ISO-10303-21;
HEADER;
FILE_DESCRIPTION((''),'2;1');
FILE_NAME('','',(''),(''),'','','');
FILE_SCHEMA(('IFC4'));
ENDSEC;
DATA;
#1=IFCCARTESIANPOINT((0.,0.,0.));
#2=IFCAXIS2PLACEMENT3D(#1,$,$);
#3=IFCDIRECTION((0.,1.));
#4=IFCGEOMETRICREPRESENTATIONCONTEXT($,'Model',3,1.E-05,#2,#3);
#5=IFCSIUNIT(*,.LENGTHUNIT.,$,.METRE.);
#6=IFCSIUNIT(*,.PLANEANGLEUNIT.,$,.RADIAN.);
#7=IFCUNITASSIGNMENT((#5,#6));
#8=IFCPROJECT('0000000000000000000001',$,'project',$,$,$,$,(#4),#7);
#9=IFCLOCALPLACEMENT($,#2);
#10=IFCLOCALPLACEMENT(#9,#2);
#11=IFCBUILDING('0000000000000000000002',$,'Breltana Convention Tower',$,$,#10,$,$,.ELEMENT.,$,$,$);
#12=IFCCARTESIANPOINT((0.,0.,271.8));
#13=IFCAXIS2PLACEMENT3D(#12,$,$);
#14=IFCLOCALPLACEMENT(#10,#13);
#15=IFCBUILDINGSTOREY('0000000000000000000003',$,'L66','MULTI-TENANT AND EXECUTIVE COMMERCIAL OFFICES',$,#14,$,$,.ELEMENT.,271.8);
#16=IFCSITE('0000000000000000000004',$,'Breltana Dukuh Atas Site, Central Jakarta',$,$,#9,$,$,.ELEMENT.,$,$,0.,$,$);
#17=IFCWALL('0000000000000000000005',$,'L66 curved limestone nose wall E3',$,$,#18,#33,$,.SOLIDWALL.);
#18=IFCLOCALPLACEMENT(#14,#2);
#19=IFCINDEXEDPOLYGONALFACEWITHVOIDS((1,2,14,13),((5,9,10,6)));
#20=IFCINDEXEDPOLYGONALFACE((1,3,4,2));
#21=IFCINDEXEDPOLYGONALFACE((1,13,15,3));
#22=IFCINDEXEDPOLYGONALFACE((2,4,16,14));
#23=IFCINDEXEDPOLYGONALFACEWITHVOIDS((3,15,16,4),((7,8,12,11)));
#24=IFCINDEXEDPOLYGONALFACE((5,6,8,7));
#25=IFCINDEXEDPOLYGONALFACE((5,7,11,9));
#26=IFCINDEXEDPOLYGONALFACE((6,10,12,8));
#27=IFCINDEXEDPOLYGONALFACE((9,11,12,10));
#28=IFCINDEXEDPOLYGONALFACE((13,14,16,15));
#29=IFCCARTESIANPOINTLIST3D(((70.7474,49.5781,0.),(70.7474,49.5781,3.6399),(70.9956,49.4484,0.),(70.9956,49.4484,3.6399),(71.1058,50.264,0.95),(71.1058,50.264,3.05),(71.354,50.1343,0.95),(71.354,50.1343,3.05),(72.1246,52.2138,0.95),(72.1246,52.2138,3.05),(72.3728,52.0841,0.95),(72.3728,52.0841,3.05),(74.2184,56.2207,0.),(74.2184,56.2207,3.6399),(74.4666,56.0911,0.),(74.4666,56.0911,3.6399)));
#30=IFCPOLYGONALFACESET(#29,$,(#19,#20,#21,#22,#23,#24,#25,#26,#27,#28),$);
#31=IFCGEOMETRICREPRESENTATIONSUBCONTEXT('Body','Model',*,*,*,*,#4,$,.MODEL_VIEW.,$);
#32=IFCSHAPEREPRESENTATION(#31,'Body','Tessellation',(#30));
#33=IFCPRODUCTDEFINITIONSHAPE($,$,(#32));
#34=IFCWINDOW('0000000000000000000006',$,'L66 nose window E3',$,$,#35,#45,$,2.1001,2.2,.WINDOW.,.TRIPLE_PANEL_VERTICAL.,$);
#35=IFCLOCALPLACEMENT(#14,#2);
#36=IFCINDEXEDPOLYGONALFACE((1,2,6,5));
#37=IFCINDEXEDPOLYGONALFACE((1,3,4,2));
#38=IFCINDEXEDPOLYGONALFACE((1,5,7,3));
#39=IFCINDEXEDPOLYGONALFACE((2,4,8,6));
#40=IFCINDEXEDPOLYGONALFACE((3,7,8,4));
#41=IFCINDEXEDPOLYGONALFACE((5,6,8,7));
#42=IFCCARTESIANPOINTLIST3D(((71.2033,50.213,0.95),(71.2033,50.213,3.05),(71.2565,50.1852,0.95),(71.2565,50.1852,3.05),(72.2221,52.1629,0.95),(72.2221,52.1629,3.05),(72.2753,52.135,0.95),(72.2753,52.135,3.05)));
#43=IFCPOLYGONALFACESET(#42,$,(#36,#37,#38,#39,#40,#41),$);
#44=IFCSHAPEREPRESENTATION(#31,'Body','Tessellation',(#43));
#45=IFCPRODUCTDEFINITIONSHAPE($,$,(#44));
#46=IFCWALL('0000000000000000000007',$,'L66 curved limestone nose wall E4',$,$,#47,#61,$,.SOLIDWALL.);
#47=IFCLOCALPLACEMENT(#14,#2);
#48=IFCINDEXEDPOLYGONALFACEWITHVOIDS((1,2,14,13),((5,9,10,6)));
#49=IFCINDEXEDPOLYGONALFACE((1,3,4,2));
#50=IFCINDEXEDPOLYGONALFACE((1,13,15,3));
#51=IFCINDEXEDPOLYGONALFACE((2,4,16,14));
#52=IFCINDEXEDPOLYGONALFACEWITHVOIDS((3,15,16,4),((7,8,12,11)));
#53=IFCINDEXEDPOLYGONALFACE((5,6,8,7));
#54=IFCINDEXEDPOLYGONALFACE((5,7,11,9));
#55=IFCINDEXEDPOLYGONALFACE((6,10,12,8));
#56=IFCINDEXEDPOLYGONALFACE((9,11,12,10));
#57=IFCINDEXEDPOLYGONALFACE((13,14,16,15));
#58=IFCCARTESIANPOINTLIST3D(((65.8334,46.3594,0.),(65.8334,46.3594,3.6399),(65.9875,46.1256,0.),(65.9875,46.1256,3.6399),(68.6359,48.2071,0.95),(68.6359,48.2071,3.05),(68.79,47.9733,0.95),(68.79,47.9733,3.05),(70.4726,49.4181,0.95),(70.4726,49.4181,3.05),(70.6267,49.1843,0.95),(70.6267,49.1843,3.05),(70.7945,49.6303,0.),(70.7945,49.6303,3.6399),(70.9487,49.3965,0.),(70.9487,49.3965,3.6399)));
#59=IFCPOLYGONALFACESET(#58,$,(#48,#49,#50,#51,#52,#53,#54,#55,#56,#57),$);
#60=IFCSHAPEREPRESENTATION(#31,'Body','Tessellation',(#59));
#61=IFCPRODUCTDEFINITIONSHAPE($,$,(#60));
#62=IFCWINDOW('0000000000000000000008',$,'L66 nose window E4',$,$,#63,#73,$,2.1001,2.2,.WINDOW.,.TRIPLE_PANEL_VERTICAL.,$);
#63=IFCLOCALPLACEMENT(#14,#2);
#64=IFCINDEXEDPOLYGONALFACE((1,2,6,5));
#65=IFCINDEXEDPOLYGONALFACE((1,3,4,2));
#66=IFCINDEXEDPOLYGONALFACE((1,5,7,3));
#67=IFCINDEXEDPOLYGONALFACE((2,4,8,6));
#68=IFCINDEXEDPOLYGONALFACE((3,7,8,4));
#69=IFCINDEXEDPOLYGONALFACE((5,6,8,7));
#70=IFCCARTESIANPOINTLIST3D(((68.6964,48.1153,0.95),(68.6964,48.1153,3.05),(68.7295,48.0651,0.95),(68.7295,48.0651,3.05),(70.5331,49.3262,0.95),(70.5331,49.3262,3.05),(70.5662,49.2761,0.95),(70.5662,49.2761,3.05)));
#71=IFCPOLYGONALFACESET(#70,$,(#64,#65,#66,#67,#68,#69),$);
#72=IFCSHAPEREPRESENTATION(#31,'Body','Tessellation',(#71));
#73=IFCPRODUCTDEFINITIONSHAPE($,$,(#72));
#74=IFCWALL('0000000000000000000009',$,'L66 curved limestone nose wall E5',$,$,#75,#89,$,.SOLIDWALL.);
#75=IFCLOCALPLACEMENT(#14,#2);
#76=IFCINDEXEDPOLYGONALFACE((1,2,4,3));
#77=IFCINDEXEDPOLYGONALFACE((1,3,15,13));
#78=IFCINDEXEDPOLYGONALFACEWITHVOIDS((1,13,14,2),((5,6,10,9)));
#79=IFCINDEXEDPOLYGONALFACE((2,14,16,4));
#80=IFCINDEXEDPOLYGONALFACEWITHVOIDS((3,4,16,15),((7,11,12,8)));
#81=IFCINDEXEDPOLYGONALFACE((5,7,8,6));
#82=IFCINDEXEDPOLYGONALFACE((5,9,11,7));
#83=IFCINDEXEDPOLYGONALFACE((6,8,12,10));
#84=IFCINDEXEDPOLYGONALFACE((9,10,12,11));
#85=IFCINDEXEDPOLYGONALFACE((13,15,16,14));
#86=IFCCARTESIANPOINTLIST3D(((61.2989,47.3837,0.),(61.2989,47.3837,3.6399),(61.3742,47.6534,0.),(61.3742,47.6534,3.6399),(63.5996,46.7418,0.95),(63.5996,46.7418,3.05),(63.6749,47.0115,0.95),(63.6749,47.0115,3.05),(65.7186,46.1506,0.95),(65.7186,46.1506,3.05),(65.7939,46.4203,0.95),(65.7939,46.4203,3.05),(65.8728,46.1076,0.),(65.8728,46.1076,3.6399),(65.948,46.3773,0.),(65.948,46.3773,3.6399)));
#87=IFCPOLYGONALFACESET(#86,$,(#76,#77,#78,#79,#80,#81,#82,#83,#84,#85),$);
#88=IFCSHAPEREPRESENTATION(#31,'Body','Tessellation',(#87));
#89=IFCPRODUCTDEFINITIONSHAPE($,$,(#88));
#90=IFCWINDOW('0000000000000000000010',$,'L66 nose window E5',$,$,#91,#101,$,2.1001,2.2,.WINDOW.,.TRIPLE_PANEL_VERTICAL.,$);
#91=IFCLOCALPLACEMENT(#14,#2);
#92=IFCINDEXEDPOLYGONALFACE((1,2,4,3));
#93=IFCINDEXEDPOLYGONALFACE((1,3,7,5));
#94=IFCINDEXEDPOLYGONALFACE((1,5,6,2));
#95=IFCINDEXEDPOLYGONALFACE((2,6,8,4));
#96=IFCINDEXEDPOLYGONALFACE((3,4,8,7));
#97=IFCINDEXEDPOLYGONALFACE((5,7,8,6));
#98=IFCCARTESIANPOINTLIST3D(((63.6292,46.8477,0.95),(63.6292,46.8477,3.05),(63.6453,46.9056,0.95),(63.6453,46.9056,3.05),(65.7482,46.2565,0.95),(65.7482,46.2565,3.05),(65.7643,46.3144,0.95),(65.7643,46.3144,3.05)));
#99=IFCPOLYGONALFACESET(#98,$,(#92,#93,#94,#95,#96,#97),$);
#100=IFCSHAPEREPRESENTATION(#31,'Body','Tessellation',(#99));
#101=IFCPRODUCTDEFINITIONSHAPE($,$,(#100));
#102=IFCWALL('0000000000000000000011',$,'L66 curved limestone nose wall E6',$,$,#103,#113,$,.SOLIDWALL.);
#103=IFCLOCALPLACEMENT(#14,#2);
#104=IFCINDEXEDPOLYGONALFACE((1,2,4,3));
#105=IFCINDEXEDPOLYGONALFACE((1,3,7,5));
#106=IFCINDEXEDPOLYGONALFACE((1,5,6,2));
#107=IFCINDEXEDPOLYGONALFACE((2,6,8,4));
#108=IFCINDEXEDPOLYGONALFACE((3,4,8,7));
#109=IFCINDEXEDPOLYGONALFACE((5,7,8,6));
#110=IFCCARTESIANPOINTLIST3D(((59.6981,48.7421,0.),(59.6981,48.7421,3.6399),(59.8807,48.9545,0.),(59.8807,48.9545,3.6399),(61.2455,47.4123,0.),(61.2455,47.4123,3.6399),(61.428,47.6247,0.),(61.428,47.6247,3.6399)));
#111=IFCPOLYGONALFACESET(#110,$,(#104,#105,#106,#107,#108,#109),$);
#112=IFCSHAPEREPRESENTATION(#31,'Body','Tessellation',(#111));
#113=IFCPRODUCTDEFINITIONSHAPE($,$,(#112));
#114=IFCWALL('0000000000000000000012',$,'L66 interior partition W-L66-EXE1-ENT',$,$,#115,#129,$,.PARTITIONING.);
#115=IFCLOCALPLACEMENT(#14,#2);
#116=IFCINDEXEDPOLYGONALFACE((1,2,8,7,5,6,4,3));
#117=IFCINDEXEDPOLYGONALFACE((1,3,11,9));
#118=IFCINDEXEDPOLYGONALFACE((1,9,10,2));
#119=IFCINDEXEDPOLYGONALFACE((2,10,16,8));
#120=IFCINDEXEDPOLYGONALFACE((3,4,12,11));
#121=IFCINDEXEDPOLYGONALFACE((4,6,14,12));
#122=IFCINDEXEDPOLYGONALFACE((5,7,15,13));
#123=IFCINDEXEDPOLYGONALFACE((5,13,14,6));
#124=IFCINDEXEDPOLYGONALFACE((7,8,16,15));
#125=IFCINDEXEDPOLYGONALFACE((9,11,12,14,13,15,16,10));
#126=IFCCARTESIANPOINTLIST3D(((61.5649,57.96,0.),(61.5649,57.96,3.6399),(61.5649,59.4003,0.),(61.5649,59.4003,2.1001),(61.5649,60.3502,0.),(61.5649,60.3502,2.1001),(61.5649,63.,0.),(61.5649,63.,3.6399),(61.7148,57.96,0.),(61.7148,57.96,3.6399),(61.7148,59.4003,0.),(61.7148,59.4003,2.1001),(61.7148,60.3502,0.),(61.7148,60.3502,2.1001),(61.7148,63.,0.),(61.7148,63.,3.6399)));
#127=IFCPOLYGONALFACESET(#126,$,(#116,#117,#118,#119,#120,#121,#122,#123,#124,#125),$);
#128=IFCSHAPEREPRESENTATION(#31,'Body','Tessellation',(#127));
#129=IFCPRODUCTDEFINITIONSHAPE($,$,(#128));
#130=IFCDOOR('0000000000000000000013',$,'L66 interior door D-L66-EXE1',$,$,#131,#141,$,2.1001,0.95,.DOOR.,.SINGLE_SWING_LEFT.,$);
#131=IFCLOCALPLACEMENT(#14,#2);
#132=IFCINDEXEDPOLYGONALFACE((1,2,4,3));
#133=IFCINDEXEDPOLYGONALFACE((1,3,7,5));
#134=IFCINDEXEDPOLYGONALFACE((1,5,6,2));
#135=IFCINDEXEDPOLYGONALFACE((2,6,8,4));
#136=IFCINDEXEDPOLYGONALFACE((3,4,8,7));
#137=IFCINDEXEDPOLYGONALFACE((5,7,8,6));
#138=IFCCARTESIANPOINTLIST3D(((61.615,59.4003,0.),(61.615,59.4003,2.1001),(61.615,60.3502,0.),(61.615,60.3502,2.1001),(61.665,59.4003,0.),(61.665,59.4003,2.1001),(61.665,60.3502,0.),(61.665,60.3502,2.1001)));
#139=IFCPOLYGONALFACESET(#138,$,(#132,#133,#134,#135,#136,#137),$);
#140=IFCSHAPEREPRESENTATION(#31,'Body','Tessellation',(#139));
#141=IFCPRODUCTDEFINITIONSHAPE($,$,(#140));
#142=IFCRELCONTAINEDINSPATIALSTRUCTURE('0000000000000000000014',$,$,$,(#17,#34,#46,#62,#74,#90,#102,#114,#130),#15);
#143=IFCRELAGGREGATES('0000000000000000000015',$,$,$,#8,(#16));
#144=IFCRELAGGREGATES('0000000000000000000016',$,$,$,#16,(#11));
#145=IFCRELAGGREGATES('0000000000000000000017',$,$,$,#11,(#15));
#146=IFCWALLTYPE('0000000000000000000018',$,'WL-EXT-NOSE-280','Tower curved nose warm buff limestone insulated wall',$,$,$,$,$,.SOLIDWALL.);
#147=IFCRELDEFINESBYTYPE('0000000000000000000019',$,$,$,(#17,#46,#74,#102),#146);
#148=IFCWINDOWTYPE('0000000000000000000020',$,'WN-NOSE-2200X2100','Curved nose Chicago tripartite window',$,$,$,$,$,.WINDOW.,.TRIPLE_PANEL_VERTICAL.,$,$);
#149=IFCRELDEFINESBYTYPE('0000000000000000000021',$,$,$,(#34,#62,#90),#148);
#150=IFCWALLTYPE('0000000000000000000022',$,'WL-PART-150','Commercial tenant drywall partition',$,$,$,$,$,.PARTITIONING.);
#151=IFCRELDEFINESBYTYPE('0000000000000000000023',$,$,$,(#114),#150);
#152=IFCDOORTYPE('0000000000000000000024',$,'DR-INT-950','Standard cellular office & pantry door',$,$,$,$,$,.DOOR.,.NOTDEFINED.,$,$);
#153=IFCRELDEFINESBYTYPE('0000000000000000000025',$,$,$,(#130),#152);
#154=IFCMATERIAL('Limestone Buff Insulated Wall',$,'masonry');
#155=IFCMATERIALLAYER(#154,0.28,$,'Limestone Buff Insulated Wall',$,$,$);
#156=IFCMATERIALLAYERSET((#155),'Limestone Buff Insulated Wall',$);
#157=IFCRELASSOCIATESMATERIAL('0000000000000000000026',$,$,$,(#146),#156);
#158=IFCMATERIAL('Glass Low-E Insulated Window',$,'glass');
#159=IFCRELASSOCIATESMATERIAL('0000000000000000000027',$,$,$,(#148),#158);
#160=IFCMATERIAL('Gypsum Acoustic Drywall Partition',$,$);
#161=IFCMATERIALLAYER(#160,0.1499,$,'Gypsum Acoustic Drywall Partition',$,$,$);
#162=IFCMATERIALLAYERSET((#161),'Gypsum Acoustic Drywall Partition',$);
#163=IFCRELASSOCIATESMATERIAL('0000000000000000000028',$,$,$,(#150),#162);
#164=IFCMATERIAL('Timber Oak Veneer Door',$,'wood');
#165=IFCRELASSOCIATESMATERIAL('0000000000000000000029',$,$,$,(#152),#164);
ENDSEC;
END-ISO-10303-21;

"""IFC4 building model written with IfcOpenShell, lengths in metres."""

from ifc_helpers import new_model, si_unit, direction, frame, frame_2d, origin, place, context, subcontext, project, spatial, rectangle, extrude, source, transform, mapped, material, layer, layer_set, type_object, type_shapes, element, fill, save


model = new_model("IFC4")

# Units and contexts
model_context = context("Model", 3, precision=1e-05, world=origin(), true_north=direction((0.0, 1.0)))
body_context = subcontext(model_context, "Body", "Model", "MODEL_VIEW")
ifc_project = project(units=[si_unit("LENGTHUNIT", "METRE"), si_unit("PLANEANGLEUNIT", "RADIAN")], contexts=[model_context])

# Site, building, storey
site_placement = place(None, origin())
site = spatial("IfcSite", under=ifc_project, at=site_placement, Name="Breltana Dukuh Atas Site, Central Jakarta", CompositionType="ELEMENT", RefElevation=0.0)
building_placement = place(site_placement, origin())
building = spatial("IfcBuilding", under=site, at=building_placement, Name="Breltana Convention Tower", CompositionType="ELEMENT")
storey_placement = place(building_placement, frame((0.0, 0.0, 271.8)))
storey = spatial("IfcBuildingStorey", under=building, at=storey_placement, Name="L66", Description="MULTI-TENANT AND EXECUTIVE COMMERCIAL OFFICES", CompositionType="ELEMENT", Elevation=271.8)

# Walls, openings, windows
ifc_material_1 = material(Name="Limestone Buff Insulated Wall", Category="masonry")
ifc_layer_1 = layer(ifc_material_1, 0.28, Name="Limestone Buff Insulated Wall")
ifc_layer_set_1 = layer_set([ifc_layer_1], Name="Limestone Buff Insulated Wall")
wall_type_1 = type_object("IfcWallType", Name="WL-EXT-NOSE-280", Description="Tower curved nose warm buff limestone insulated wall", PredefinedType="SOLIDWALL", material=ifc_layer_set_1)
shared_shape_1 = source(origin(), body_context, "Body", "SweptSolid", [
    extrude(rectangle(XDim=7.4949, YDim=0.28, at=frame_2d((3.7476, 0.0))), origin(), (0.0, 0.0, 1.0), 3.6399),
])
wall_1_placement = place(storey_placement, frame((74.3425, 56.156, 0.0), z_axis=(0.0, 0.0, 1.0), x_axis=(-0.463117, -0.886297, 0.0)))
wall_1 = element("IfcWall", 1, at=wall_1_placement, inside=storey, type_object=wall_type_1, Name="L66 curved limestone nose wall E3", PredefinedType="SOLIDWALL", context=body_context, shape_type="MappedRepresentation", body=[
    mapped(shared_shape_1, transform((0.0, 0.0, 0.0), scale=1.0)),
])
opening_1_placement = place(wall_1_placement, frame((4.521, 0.0, 0.95)))
opening_1 = element("IfcOpeningElement", 2, at=opening_1_placement, cuts=wall_1, PredefinedType="OPENING", context=body_context, shape_type="SweptSolid", body=[
    extrude(rectangle(XDim=2.2, YDim=2.1001, at=frame_2d((1.1001, 1.05))), frame((0.0, 0.1499, 0.0), z_axis=(0.0, -1.0, 0.0), x_axis=(1.0, 0.0, 0.0)), (0.0, 0.0, 1.0), 0.3),
])
ifc_material_2 = material(Name="Glass Low-E Insulated Window", Category="glass")
window_type = type_object("IfcWindowType", Name="WN-NOSE-2200X2100", Description="Curved nose Chicago tripartite window", PartitioningType="TRIPLE_PANEL_VERTICAL", PredefinedType="WINDOW", material=ifc_material_2)
shared_shape_2 = source(origin(), body_context, "Body", "SweptSolid", [
    extrude(rectangle(XDim=2.2, YDim=2.1001, at=frame_2d((1.1001, 1.05))), frame((0.0, 0.03, 0.0), z_axis=(0.0, -1.0, 0.0), x_axis=(1.0, 0.0, 0.0)), (0.0, 0.0, 1.0), 0.0601),
])
type_shapes(window_type, [shared_shape_2])
window_1_placement = place(opening_1_placement, origin())
window_1 = element("IfcWindow", 3, at=window_1_placement, inside=storey, type_object=window_type, Name="L66 nose window E3", OverallHeight=2.1001, OverallWidth=2.2, PartitioningType="TRIPLE_PANEL_VERTICAL", PredefinedType="WINDOW", context=body_context, shape_type="MappedRepresentation", body=[
    mapped(shared_shape_2, transform((0.0, 0.0, 0.0), scale=1.0)),
])
fill(opening_1, window_1)
shared_shape_3 = source(origin(), body_context, "Body", "SweptSolid", [
    extrude(rectangle(XDim=5.9424, YDim=0.28, at=frame_2d((2.9712, 0.0))), origin(), (0.0, 0.0, 1.0), 3.6399),
])
wall_2_placement = place(storey_placement, frame((70.8716, 49.5134, 0.0), z_axis=(0.0, 0.0, 1.0), x_axis=(-0.834871, -0.550445, 0.0)))
wall_2 = element("IfcWall", 4, at=wall_2_placement, inside=storey, type_object=wall_type_1, Name="L66 curved limestone nose wall E4", PredefinedType="SOLIDWALL", context=body_context, shape_type="MappedRepresentation", body=[
    mapped(shared_shape_3, transform((0.0, 0.0, 0.0), scale=1.0)),
])
opening_2_placement = place(wall_2_placement, frame((0.3855, 0.0, 0.95)))
opening_2 = element("IfcOpeningElement", 5, at=opening_2_placement, cuts=wall_2, PredefinedType="OPENING", context=body_context, shape_type="SweptSolid", body=[
    extrude(rectangle(XDim=2.2, YDim=2.1001, at=frame_2d((1.1001, 1.05))), frame((0.0, 0.1499, 0.0), z_axis=(0.0, -1.0, 0.0), x_axis=(1.0, 0.0, 0.0)), (0.0, 0.0, 1.0), 0.3),
])
window_2_placement = place(opening_2_placement, origin())
window_2 = element("IfcWindow", 6, at=window_2_placement, inside=storey, type_object=window_type, Name="L66 nose window E4", OverallHeight=2.1001, OverallWidth=2.2, PartitioningType="TRIPLE_PANEL_VERTICAL", PredefinedType="WINDOW", context=body_context, shape_type="MappedRepresentation", body=[
    mapped(shared_shape_2, transform((0.0, 0.0, 0.0), scale=1.0)),
])
fill(opening_2, window_2)
shared_shape_4 = source(origin(), body_context, "Body", "SweptSolid", [
    extrude(rectangle(XDim=4.7485, YDim=0.28, at=frame_2d((2.3743, 0.0))), origin(), (0.0, 0.0, 1.0), 3.6399),
])
wall_3_placement = place(storey_placement, frame((65.9104, 46.2424, 0.0), z_axis=(0.0, 0.0, 1.0), x_axis=(-0.963211, 0.268747, 0.0)))
wall_3 = element("IfcWall", 7, at=wall_3_placement, inside=storey, type_object=wall_type_1, Name="L66 curved limestone nose wall E5", PredefinedType="SOLIDWALL", context=body_context, shape_type="MappedRepresentation", body=[
    mapped(shared_shape_4, transform((0.0, 0.0, 0.0), scale=1.0)),
])
opening_3_placement = place(wall_3_placement, frame((0.1599, 0.0, 0.95)))
opening_3 = element("IfcOpeningElement", 8, at=opening_3_placement, cuts=wall_3, PredefinedType="OPENING", context=body_context, shape_type="SweptSolid", body=[
    extrude(rectangle(XDim=2.2, YDim=2.1001, at=frame_2d((1.1001, 1.05))), frame((0.0, 0.1499, 0.0), z_axis=(0.0, -1.0, 0.0), x_axis=(1.0, 0.0, 0.0)), (0.0, 0.0, 1.0), 0.3),
])
window_3_placement = place(opening_3_placement, origin())
window_3 = element("IfcWindow", 9, at=window_3_placement, inside=storey, type_object=window_type, Name="L66 nose window E5", OverallHeight=2.1001, OverallWidth=2.2, PartitioningType="TRIPLE_PANEL_VERTICAL", PredefinedType="WINDOW", context=body_context, shape_type="MappedRepresentation", body=[
    mapped(shared_shape_2, transform((0.0, 0.0, 0.0), scale=1.0)),
])
fill(opening_3, window_3)

# Wall
shared_shape_5 = source(origin(), body_context, "Body", "SweptSolid", [
    extrude(rectangle(XDim=2.0403, YDim=0.28, at=frame_2d((1.02, 0.0))), origin(), (0.0, 0.0, 1.0), 3.6399),
])
wall_4_placement = place(storey_placement, frame((61.3367, 47.5186, 0.0), z_axis=(0.0, 0.0, 1.0), x_axis=(-0.758403, 0.651786, 0.0)))
element("IfcWall", 10, at=wall_4_placement, inside=storey, type_object=wall_type_1, Name="L66 curved limestone nose wall E6", PredefinedType="SOLIDWALL", context=body_context, shape_type="MappedRepresentation", body=[
    mapped(shared_shape_5, transform((0.0, 0.0, 0.0), scale=1.0)),
])

# Wall, opening, door
ifc_material_3 = material(Name="Gypsum Acoustic Drywall Partition")
ifc_layer_2 = layer(ifc_material_3, 0.1499, Name="Gypsum Acoustic Drywall Partition")
ifc_layer_set_2 = layer_set([ifc_layer_2], Name="Gypsum Acoustic Drywall Partition")
wall_type_2 = type_object("IfcWallType", Name="WL-PART-150", Description="Commercial tenant drywall partition", PredefinedType="PARTITIONING", material=ifc_layer_set_2)
shared_shape_6 = source(origin(), body_context, "Body", "SweptSolid", [
    extrude(rectangle(XDim=5.04, YDim=0.1499, at=frame_2d((2.52, 0.0))), origin(), (0.0, 0.0, 1.0), 3.6399),
])
wall_5_placement = place(storey_placement, frame((61.6399, 57.96, 0.0), z_axis=(0.0, 0.0, 1.0), x_axis=(0.0, 1.0, 0.0)))
wall_5 = element("IfcWall", 11, at=wall_5_placement, inside=storey, type_object=wall_type_2, Name="L66 interior partition W-L66-EXE1-ENT", PredefinedType="PARTITIONING", context=body_context, shape_type="MappedRepresentation", body=[
    mapped(shared_shape_6, transform((0.0, 0.0, 0.0), scale=1.0)),
])
opening_4_placement = place(wall_5_placement, frame((1.4402, 0.0, 0.0)))
opening_4 = element("IfcOpeningElement", 12, at=opening_4_placement, cuts=wall_5, PredefinedType="OPENING", context=body_context, shape_type="SweptSolid", body=[
    extrude(rectangle(XDim=0.95, YDim=2.1001, at=frame_2d((0.4751, 1.05))), frame((0.0, 0.085, 0.0), z_axis=(0.0, -1.0, 0.0), x_axis=(1.0, 0.0, 0.0)), (0.0, 0.0, 1.0), 0.1699),
])
ifc_material_4 = material(Name="Timber Oak Veneer Door", Category="wood")
door_type = type_object("IfcDoorType", Name="DR-INT-950", Description="Standard cellular office & pantry door", OperationType="NOTDEFINED", PredefinedType="DOOR", material=ifc_material_4)
shared_shape_7 = source(origin(), body_context, "Body", "SweptSolid", [
    extrude(rectangle(XDim=0.95, YDim=2.1001, at=frame_2d((0.4751, 1.05))), frame((0.0, 0.0249, 0.0), z_axis=(0.0, -1.0, 0.0), x_axis=(1.0, 0.0, 0.0)), (0.0, 0.0, 1.0), 0.05),
])
type_shapes(door_type, [shared_shape_7])
door_placement = place(opening_4_placement, origin())
door = element("IfcDoor", 13, at=door_placement, inside=storey, type_object=door_type, Name="L66 interior door D-L66-EXE1", OperationType="SINGLE_SWING_LEFT", OverallHeight=2.1001, OverallWidth=0.95, PredefinedType="DOOR", context=body_context, shape_type="MappedRepresentation", body=[
    mapped(shared_shape_7, transform((0.0, 0.0, 0.0), scale=1.0)),
])
fill(opening_4, door)

save(model, "model.ifc")
